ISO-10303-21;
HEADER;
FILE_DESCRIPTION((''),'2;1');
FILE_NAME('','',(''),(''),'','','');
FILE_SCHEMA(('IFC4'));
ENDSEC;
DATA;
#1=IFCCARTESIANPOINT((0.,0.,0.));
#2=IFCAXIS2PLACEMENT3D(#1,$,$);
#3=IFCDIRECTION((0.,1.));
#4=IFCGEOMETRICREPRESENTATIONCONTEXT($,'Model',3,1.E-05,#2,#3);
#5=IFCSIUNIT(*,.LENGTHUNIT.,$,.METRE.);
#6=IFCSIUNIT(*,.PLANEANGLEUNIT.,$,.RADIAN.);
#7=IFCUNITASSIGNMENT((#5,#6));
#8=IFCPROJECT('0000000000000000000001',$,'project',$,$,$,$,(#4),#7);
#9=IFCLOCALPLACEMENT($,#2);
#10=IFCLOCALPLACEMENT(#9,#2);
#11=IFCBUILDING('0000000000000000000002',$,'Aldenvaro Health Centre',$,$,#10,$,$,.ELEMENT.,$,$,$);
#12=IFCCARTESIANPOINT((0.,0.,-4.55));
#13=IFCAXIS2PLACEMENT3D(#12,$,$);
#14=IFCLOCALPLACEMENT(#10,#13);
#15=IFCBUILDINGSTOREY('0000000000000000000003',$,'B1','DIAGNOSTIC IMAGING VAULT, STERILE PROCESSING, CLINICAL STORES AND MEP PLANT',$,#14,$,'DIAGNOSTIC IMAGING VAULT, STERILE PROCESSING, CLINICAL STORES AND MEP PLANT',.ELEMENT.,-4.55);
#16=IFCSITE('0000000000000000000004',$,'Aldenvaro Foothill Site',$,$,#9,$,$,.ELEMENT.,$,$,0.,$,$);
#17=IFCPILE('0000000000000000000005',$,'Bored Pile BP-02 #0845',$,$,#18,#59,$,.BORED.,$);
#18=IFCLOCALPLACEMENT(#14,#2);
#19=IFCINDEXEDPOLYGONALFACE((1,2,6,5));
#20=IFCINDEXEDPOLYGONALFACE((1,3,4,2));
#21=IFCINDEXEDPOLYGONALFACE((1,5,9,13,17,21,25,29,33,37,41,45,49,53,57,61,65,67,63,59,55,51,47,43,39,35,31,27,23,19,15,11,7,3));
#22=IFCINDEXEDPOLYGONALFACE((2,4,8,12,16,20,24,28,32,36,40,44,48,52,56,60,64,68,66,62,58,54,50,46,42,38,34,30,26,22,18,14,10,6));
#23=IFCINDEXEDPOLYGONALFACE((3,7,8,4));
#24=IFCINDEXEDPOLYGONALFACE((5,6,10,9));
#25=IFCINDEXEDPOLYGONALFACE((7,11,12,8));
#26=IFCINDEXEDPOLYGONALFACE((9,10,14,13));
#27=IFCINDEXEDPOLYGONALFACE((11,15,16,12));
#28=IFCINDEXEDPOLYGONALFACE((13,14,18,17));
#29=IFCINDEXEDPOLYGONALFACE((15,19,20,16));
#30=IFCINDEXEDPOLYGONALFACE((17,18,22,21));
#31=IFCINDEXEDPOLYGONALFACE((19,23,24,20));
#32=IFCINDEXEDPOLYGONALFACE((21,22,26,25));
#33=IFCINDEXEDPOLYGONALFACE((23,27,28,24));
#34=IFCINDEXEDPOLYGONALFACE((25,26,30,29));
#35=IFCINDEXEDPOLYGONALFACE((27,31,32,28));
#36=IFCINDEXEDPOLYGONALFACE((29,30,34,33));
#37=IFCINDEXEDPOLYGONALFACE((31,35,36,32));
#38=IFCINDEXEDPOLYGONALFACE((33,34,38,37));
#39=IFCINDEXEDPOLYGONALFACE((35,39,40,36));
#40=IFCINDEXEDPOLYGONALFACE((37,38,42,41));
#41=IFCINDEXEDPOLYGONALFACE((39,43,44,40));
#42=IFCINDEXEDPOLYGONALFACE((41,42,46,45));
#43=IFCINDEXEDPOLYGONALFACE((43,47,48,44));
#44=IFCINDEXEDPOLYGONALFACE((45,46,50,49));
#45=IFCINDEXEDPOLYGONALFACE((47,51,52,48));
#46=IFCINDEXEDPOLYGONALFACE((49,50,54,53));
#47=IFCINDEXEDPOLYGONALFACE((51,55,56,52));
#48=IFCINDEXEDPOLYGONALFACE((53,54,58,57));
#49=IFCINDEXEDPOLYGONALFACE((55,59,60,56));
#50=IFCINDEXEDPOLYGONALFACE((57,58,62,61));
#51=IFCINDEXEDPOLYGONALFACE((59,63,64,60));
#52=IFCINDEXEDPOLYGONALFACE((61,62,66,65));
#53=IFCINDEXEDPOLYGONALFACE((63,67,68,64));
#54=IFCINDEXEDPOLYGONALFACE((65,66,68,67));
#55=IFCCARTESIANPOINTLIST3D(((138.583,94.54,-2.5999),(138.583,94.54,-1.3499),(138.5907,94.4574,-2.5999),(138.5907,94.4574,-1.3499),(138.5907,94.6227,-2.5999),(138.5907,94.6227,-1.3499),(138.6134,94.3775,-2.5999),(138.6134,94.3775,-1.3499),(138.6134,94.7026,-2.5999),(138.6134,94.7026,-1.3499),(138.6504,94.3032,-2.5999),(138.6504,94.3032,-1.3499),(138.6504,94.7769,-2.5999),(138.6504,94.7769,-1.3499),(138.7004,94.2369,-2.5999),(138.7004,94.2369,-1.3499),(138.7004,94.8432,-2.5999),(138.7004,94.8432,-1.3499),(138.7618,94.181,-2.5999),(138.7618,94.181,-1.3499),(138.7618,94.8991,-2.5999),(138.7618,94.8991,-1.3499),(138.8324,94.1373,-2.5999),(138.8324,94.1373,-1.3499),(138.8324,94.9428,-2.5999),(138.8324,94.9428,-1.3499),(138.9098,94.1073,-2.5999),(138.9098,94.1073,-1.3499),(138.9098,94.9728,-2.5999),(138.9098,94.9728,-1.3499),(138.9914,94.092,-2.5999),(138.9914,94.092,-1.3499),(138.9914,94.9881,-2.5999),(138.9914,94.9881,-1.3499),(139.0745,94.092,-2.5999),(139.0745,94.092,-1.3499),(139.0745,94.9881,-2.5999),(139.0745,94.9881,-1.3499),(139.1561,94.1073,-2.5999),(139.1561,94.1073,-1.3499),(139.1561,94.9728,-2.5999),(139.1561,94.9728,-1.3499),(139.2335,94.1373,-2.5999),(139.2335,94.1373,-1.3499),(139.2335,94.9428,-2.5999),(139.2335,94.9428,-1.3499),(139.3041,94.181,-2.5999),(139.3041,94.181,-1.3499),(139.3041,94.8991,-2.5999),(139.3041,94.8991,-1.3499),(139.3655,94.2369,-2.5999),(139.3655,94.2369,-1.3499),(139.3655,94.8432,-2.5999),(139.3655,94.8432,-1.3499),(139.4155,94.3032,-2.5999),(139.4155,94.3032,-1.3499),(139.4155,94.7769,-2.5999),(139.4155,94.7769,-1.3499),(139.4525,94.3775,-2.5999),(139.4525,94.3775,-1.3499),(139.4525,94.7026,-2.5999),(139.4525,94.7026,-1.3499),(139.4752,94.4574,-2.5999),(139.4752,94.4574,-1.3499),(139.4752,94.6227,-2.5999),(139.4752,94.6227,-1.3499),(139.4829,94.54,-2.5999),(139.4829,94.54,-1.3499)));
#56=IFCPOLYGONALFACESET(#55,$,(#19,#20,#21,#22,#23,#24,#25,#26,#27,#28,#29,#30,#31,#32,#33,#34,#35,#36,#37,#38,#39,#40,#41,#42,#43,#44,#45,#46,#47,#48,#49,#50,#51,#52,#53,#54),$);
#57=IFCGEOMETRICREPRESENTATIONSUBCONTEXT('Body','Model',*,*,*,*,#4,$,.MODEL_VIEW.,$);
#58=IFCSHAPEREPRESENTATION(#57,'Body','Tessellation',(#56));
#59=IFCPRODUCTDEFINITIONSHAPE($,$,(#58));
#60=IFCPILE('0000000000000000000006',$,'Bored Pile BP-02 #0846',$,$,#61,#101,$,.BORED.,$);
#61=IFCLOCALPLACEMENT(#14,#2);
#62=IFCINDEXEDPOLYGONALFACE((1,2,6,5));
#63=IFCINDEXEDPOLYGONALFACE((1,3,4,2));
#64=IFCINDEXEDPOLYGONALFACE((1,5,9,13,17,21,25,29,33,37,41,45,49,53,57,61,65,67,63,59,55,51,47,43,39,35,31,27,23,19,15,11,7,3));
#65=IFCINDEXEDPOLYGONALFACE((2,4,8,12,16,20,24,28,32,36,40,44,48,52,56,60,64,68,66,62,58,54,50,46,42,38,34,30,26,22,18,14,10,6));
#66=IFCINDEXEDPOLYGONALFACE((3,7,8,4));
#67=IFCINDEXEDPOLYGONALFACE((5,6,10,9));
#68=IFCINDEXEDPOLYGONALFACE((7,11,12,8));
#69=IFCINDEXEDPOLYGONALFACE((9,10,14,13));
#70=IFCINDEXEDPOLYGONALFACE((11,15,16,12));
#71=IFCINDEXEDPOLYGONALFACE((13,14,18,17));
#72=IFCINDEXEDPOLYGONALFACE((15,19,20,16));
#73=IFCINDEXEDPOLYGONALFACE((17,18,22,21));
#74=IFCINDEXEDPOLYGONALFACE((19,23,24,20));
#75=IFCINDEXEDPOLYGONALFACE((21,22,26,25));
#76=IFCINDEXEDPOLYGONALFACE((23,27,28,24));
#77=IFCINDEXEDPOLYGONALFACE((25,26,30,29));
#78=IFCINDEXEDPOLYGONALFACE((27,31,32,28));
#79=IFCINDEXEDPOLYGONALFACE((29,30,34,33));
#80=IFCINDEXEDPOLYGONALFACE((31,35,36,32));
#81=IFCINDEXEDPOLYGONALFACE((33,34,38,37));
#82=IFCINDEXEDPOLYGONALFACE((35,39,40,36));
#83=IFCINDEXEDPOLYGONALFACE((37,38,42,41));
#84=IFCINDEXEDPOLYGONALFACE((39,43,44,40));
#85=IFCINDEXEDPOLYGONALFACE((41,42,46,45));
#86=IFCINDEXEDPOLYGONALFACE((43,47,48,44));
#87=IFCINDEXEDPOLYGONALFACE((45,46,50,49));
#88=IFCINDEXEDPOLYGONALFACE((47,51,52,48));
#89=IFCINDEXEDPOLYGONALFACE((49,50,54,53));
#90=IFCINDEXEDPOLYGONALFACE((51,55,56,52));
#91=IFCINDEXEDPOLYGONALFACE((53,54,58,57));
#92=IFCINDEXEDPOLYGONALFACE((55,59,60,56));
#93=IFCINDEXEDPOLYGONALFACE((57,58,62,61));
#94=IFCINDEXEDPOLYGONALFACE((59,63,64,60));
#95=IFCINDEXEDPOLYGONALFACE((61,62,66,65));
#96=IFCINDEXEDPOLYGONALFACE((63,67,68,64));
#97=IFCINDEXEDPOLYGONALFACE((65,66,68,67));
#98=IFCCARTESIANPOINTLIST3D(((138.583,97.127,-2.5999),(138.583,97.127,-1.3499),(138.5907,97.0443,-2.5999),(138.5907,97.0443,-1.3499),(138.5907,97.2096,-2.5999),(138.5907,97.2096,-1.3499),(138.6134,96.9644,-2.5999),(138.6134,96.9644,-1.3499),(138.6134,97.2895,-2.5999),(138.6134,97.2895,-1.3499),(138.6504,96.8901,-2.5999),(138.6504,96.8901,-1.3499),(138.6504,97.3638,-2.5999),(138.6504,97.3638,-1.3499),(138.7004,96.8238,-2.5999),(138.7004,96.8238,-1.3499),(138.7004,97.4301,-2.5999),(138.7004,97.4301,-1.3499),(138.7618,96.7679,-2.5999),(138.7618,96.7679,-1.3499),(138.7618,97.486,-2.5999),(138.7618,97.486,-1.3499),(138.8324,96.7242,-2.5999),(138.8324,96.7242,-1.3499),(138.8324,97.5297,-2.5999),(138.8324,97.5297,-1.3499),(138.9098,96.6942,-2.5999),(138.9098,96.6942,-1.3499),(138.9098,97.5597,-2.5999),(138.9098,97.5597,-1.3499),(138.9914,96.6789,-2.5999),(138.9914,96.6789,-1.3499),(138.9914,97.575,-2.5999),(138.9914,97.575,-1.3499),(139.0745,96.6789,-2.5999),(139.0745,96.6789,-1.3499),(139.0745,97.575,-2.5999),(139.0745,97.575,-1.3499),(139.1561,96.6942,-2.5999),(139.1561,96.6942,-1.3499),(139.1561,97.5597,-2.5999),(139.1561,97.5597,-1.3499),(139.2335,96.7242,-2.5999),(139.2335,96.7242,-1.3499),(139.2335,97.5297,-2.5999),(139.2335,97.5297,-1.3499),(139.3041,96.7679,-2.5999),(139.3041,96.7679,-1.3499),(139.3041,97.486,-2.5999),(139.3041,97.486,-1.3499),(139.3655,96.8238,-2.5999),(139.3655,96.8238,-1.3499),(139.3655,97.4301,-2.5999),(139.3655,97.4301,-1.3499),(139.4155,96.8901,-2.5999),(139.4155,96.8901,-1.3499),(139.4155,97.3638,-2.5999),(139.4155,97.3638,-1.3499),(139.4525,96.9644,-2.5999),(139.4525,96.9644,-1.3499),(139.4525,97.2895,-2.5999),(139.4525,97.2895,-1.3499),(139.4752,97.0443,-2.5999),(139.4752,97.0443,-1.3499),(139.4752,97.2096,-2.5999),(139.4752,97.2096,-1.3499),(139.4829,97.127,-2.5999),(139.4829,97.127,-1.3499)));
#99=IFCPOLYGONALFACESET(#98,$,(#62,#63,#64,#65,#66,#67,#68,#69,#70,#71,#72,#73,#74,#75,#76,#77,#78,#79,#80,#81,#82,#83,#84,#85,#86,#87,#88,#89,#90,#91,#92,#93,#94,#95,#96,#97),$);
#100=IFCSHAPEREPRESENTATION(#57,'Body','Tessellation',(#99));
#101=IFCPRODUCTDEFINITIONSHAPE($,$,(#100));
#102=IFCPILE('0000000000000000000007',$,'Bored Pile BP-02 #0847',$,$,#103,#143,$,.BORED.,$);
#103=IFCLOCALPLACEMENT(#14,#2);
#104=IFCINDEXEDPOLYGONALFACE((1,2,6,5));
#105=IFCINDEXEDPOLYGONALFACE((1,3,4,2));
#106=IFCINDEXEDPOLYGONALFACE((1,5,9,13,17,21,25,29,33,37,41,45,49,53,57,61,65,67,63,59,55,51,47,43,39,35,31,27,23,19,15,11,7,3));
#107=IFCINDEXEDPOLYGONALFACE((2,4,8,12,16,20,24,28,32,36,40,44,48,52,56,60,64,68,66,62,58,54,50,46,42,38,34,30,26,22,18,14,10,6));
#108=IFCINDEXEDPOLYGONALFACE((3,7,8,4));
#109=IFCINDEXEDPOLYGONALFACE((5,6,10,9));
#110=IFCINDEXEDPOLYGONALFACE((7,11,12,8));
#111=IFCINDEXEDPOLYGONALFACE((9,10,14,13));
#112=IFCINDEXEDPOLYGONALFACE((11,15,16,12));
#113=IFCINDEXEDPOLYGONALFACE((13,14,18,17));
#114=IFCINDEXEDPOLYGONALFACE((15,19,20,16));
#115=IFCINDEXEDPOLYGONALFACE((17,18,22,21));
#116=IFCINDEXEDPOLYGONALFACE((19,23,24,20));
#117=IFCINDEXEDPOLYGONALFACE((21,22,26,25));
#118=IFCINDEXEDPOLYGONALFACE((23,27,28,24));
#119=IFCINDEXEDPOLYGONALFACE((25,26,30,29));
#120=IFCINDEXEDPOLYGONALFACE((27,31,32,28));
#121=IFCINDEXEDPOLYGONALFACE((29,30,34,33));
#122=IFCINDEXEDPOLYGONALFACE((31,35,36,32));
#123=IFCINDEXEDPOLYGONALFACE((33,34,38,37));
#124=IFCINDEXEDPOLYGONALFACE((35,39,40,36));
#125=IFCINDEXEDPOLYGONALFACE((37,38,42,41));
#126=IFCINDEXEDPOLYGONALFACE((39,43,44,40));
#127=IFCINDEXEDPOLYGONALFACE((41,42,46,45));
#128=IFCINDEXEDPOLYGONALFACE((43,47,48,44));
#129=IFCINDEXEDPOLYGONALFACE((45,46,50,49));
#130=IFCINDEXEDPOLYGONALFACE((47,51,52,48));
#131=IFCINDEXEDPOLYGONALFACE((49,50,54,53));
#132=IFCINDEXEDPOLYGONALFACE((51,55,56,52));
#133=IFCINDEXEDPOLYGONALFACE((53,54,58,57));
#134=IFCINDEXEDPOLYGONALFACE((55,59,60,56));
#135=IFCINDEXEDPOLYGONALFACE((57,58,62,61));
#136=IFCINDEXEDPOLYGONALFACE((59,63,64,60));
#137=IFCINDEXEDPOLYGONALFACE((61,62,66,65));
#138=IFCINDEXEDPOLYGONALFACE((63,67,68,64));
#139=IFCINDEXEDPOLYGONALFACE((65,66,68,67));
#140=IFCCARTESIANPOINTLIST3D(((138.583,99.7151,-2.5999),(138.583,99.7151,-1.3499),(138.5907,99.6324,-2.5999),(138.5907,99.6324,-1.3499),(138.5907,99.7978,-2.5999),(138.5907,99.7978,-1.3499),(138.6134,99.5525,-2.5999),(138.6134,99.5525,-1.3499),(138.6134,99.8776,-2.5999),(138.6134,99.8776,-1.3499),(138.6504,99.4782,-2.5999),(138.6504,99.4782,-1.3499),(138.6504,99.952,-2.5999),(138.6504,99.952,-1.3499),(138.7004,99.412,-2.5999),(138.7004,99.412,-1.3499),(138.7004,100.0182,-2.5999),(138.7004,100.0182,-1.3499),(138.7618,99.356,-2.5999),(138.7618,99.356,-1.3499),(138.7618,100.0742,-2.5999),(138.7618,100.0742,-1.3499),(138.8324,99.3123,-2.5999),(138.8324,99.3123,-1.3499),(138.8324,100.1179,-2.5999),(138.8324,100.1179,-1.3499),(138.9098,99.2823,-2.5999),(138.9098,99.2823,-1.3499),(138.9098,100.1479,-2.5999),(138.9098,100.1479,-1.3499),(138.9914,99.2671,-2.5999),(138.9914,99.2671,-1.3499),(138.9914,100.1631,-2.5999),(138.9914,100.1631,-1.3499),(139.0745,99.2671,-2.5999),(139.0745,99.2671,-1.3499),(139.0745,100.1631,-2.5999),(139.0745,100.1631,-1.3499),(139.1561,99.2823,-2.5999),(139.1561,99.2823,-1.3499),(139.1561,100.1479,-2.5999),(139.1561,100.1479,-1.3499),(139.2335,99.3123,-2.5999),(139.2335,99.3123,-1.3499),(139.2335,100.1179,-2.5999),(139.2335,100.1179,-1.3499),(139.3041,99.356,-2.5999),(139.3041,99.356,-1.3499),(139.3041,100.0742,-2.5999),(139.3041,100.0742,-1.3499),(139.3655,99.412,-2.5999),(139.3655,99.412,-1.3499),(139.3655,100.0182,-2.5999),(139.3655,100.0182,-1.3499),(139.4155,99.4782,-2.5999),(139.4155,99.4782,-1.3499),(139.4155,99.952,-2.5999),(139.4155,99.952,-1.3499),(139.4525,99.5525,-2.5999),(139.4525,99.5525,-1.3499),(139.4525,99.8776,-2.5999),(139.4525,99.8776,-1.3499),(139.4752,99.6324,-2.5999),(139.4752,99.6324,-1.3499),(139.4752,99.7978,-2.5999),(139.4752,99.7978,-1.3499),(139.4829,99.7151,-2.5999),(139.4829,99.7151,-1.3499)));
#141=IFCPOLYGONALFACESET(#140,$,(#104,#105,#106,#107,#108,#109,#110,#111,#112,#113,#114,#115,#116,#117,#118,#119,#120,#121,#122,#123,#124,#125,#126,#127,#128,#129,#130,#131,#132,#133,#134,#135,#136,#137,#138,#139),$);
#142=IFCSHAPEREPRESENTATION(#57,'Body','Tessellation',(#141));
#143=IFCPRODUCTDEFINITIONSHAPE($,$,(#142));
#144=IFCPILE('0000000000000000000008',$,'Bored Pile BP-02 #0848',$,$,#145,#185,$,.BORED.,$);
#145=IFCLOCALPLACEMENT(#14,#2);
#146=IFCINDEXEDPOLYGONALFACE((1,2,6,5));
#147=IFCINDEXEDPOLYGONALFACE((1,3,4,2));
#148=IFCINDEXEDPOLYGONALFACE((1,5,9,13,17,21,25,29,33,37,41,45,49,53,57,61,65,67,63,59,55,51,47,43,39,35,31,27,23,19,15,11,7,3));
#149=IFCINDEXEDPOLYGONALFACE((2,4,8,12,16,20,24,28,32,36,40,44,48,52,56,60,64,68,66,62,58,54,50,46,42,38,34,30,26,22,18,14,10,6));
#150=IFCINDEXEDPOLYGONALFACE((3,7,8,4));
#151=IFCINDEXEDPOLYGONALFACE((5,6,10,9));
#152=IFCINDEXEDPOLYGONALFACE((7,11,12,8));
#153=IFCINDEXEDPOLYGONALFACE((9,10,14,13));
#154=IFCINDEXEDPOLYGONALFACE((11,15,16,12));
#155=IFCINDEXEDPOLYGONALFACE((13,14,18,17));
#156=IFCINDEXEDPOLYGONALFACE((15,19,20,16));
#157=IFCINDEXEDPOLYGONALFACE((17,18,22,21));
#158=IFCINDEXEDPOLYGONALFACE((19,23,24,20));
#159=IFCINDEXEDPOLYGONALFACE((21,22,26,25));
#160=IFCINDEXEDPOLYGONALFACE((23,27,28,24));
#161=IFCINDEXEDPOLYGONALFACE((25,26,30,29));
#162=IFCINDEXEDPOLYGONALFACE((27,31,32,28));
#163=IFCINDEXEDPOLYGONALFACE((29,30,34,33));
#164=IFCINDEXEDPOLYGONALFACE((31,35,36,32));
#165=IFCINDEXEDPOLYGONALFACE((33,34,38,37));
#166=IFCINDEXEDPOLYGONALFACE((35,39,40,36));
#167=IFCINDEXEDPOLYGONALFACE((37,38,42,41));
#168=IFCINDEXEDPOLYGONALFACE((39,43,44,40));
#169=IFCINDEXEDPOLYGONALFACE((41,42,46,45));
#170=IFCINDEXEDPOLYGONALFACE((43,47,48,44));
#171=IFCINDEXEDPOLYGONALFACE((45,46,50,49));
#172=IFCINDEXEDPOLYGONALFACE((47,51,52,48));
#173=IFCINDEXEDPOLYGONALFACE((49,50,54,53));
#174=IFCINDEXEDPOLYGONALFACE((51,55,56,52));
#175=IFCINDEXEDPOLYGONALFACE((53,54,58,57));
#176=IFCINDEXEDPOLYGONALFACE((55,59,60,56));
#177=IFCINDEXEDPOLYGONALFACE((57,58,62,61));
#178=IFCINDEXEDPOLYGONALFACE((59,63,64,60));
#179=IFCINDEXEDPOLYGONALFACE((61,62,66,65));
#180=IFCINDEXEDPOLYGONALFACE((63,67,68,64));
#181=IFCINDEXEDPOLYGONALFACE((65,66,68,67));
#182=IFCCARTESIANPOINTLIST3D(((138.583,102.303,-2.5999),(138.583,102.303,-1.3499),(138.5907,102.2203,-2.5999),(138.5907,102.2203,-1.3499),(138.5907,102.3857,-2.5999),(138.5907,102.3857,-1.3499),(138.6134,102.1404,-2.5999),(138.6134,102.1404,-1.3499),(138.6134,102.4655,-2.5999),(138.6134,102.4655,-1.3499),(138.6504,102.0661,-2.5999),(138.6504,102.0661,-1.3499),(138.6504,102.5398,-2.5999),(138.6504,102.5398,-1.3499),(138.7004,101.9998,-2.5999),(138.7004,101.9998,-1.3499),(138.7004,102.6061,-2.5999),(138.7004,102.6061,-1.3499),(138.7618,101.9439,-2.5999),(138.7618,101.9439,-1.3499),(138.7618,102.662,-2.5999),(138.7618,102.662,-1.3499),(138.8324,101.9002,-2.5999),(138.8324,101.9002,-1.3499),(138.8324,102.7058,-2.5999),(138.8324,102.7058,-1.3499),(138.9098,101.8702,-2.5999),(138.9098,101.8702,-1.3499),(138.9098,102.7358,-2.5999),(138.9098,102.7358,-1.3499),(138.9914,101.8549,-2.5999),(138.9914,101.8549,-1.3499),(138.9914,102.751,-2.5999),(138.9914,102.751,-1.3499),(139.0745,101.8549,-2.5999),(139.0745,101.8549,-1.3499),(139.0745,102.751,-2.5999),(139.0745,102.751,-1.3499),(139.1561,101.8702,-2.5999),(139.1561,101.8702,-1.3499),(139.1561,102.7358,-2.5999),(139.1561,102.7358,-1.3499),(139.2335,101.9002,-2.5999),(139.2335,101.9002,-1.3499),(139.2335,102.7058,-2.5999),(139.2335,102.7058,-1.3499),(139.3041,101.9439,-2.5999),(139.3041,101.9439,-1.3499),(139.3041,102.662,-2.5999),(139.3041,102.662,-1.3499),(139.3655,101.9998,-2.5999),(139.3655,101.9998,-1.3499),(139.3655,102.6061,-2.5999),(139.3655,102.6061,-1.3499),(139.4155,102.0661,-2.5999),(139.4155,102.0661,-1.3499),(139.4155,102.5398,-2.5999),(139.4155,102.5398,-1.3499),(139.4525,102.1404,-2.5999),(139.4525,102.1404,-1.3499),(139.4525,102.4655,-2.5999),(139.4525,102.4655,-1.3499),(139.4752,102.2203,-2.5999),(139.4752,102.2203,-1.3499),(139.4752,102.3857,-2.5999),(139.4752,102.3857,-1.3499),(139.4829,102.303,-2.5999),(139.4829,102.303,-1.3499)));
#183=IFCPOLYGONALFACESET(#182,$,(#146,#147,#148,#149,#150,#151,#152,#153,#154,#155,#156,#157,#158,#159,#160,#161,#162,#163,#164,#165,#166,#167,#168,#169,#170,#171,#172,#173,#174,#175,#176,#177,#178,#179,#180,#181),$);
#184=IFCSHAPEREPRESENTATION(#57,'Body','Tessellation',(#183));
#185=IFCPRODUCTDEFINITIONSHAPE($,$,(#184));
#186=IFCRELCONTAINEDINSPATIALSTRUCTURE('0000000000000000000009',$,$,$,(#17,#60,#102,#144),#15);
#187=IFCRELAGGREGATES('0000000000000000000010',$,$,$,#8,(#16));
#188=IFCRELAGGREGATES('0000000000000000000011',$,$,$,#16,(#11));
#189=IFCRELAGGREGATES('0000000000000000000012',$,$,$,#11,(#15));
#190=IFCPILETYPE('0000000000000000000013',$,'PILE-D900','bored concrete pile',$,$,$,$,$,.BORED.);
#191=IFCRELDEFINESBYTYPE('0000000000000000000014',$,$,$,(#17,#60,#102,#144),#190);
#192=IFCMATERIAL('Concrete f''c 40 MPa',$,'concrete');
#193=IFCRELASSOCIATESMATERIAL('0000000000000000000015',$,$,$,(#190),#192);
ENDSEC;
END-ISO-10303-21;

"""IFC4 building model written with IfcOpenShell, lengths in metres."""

from ifc_helpers import new_model, si_unit, direction, frame, origin, origin_2d, place, context, subcontext, project, spatial, circle, extrude, material, material_profile, profile_set, type_object, element, save


model = new_model("IFC4")

# Units and contexts
model_context = context("Model", 3, precision=1e-05, world=origin(), true_north=direction((0.0, 1.0)))
body_context = subcontext(model_context, "Body", "Model", "MODEL_VIEW")
ifc_project = project(units=[si_unit("LENGTHUNIT", "METRE"), si_unit("PLANEANGLEUNIT", "RADIAN")], contexts=[model_context])

# Site, building, storey
site_placement = place(None, origin())
site = spatial("IfcSite", under=ifc_project, at=site_placement, Name="Aldenvaro Foothill Site", CompositionType="ELEMENT", RefElevation=0.0)
building_placement = place(site_placement, origin())
building = spatial("IfcBuilding", under=site, at=building_placement, Name="Aldenvaro Health Centre", CompositionType="ELEMENT")
storey_placement = place(building_placement, frame((0.0, 0.0, -4.55)))
storey = spatial("IfcBuildingStorey", under=building, at=storey_placement, Name="B1", Description="DIAGNOSTIC IMAGING VAULT, STERILE PROCESSING, CLINICAL STORES AND MEP PLANT", LongName="DIAGNOSTIC IMAGING VAULT, STERILE PROCESSING, CLINICAL STORES AND MEP PLANT", CompositionType="ELEMENT", Elevation=-4.55)

# Piles
ifc_material_1 = material(Name="Concrete f'c 40 MPa", Category="concrete")
ifc_material_profile_1 = material_profile(ifc_material_1, circle(Radius=0.45, at=origin_2d()), Name="PILE D900", Category="concrete")
ifc_profile_set_1 = profile_set([ifc_material_profile_1], Name="Concrete f'c 40 MPa")
pile_type = type_object("IfcPileType", Name="PILE-D900", Description="bored concrete pile", PredefinedType="BORED", material=ifc_profile_set_1)
for number, where, z_axis, x_axis, name in (
    (1, (139.033, 94.54, -1.3499), (0.0, 0.0, -1.0), (1.0, 0.0, 0.0), "Bored Pile BP-02 #0845"),
    (2, (139.033, 97.127, -1.3499), (0.0, 0.0, -1.0), (1.0, 0.0, 0.0), "Bored Pile BP-02 #0846"),
    (3, (139.033, 99.7151, -1.3499), (0.0, 0.0, -1.0), (1.0, 0.0, 0.0), "Bored Pile BP-02 #0847"),
    (4, (139.033, 102.303, -1.3499), (0.0, 0.0, -1.0), (1.0, 0.0, 0.0), "Bored Pile BP-02 #0848"),
):
    element("IfcPile", number, at=place(storey_placement, frame(where, z_axis=z_axis, x_axis=x_axis)), inside=storey, type_object=pile_type, Name=name, PredefinedType="BORED", context=body_context, shape_type="SweptSolid", body=[
        extrude(circle(Radius=0.45, at=origin_2d()), origin(), (0.0, 0.0, 1.0), 1.25),
    ])

save(model, "model.ifc")
